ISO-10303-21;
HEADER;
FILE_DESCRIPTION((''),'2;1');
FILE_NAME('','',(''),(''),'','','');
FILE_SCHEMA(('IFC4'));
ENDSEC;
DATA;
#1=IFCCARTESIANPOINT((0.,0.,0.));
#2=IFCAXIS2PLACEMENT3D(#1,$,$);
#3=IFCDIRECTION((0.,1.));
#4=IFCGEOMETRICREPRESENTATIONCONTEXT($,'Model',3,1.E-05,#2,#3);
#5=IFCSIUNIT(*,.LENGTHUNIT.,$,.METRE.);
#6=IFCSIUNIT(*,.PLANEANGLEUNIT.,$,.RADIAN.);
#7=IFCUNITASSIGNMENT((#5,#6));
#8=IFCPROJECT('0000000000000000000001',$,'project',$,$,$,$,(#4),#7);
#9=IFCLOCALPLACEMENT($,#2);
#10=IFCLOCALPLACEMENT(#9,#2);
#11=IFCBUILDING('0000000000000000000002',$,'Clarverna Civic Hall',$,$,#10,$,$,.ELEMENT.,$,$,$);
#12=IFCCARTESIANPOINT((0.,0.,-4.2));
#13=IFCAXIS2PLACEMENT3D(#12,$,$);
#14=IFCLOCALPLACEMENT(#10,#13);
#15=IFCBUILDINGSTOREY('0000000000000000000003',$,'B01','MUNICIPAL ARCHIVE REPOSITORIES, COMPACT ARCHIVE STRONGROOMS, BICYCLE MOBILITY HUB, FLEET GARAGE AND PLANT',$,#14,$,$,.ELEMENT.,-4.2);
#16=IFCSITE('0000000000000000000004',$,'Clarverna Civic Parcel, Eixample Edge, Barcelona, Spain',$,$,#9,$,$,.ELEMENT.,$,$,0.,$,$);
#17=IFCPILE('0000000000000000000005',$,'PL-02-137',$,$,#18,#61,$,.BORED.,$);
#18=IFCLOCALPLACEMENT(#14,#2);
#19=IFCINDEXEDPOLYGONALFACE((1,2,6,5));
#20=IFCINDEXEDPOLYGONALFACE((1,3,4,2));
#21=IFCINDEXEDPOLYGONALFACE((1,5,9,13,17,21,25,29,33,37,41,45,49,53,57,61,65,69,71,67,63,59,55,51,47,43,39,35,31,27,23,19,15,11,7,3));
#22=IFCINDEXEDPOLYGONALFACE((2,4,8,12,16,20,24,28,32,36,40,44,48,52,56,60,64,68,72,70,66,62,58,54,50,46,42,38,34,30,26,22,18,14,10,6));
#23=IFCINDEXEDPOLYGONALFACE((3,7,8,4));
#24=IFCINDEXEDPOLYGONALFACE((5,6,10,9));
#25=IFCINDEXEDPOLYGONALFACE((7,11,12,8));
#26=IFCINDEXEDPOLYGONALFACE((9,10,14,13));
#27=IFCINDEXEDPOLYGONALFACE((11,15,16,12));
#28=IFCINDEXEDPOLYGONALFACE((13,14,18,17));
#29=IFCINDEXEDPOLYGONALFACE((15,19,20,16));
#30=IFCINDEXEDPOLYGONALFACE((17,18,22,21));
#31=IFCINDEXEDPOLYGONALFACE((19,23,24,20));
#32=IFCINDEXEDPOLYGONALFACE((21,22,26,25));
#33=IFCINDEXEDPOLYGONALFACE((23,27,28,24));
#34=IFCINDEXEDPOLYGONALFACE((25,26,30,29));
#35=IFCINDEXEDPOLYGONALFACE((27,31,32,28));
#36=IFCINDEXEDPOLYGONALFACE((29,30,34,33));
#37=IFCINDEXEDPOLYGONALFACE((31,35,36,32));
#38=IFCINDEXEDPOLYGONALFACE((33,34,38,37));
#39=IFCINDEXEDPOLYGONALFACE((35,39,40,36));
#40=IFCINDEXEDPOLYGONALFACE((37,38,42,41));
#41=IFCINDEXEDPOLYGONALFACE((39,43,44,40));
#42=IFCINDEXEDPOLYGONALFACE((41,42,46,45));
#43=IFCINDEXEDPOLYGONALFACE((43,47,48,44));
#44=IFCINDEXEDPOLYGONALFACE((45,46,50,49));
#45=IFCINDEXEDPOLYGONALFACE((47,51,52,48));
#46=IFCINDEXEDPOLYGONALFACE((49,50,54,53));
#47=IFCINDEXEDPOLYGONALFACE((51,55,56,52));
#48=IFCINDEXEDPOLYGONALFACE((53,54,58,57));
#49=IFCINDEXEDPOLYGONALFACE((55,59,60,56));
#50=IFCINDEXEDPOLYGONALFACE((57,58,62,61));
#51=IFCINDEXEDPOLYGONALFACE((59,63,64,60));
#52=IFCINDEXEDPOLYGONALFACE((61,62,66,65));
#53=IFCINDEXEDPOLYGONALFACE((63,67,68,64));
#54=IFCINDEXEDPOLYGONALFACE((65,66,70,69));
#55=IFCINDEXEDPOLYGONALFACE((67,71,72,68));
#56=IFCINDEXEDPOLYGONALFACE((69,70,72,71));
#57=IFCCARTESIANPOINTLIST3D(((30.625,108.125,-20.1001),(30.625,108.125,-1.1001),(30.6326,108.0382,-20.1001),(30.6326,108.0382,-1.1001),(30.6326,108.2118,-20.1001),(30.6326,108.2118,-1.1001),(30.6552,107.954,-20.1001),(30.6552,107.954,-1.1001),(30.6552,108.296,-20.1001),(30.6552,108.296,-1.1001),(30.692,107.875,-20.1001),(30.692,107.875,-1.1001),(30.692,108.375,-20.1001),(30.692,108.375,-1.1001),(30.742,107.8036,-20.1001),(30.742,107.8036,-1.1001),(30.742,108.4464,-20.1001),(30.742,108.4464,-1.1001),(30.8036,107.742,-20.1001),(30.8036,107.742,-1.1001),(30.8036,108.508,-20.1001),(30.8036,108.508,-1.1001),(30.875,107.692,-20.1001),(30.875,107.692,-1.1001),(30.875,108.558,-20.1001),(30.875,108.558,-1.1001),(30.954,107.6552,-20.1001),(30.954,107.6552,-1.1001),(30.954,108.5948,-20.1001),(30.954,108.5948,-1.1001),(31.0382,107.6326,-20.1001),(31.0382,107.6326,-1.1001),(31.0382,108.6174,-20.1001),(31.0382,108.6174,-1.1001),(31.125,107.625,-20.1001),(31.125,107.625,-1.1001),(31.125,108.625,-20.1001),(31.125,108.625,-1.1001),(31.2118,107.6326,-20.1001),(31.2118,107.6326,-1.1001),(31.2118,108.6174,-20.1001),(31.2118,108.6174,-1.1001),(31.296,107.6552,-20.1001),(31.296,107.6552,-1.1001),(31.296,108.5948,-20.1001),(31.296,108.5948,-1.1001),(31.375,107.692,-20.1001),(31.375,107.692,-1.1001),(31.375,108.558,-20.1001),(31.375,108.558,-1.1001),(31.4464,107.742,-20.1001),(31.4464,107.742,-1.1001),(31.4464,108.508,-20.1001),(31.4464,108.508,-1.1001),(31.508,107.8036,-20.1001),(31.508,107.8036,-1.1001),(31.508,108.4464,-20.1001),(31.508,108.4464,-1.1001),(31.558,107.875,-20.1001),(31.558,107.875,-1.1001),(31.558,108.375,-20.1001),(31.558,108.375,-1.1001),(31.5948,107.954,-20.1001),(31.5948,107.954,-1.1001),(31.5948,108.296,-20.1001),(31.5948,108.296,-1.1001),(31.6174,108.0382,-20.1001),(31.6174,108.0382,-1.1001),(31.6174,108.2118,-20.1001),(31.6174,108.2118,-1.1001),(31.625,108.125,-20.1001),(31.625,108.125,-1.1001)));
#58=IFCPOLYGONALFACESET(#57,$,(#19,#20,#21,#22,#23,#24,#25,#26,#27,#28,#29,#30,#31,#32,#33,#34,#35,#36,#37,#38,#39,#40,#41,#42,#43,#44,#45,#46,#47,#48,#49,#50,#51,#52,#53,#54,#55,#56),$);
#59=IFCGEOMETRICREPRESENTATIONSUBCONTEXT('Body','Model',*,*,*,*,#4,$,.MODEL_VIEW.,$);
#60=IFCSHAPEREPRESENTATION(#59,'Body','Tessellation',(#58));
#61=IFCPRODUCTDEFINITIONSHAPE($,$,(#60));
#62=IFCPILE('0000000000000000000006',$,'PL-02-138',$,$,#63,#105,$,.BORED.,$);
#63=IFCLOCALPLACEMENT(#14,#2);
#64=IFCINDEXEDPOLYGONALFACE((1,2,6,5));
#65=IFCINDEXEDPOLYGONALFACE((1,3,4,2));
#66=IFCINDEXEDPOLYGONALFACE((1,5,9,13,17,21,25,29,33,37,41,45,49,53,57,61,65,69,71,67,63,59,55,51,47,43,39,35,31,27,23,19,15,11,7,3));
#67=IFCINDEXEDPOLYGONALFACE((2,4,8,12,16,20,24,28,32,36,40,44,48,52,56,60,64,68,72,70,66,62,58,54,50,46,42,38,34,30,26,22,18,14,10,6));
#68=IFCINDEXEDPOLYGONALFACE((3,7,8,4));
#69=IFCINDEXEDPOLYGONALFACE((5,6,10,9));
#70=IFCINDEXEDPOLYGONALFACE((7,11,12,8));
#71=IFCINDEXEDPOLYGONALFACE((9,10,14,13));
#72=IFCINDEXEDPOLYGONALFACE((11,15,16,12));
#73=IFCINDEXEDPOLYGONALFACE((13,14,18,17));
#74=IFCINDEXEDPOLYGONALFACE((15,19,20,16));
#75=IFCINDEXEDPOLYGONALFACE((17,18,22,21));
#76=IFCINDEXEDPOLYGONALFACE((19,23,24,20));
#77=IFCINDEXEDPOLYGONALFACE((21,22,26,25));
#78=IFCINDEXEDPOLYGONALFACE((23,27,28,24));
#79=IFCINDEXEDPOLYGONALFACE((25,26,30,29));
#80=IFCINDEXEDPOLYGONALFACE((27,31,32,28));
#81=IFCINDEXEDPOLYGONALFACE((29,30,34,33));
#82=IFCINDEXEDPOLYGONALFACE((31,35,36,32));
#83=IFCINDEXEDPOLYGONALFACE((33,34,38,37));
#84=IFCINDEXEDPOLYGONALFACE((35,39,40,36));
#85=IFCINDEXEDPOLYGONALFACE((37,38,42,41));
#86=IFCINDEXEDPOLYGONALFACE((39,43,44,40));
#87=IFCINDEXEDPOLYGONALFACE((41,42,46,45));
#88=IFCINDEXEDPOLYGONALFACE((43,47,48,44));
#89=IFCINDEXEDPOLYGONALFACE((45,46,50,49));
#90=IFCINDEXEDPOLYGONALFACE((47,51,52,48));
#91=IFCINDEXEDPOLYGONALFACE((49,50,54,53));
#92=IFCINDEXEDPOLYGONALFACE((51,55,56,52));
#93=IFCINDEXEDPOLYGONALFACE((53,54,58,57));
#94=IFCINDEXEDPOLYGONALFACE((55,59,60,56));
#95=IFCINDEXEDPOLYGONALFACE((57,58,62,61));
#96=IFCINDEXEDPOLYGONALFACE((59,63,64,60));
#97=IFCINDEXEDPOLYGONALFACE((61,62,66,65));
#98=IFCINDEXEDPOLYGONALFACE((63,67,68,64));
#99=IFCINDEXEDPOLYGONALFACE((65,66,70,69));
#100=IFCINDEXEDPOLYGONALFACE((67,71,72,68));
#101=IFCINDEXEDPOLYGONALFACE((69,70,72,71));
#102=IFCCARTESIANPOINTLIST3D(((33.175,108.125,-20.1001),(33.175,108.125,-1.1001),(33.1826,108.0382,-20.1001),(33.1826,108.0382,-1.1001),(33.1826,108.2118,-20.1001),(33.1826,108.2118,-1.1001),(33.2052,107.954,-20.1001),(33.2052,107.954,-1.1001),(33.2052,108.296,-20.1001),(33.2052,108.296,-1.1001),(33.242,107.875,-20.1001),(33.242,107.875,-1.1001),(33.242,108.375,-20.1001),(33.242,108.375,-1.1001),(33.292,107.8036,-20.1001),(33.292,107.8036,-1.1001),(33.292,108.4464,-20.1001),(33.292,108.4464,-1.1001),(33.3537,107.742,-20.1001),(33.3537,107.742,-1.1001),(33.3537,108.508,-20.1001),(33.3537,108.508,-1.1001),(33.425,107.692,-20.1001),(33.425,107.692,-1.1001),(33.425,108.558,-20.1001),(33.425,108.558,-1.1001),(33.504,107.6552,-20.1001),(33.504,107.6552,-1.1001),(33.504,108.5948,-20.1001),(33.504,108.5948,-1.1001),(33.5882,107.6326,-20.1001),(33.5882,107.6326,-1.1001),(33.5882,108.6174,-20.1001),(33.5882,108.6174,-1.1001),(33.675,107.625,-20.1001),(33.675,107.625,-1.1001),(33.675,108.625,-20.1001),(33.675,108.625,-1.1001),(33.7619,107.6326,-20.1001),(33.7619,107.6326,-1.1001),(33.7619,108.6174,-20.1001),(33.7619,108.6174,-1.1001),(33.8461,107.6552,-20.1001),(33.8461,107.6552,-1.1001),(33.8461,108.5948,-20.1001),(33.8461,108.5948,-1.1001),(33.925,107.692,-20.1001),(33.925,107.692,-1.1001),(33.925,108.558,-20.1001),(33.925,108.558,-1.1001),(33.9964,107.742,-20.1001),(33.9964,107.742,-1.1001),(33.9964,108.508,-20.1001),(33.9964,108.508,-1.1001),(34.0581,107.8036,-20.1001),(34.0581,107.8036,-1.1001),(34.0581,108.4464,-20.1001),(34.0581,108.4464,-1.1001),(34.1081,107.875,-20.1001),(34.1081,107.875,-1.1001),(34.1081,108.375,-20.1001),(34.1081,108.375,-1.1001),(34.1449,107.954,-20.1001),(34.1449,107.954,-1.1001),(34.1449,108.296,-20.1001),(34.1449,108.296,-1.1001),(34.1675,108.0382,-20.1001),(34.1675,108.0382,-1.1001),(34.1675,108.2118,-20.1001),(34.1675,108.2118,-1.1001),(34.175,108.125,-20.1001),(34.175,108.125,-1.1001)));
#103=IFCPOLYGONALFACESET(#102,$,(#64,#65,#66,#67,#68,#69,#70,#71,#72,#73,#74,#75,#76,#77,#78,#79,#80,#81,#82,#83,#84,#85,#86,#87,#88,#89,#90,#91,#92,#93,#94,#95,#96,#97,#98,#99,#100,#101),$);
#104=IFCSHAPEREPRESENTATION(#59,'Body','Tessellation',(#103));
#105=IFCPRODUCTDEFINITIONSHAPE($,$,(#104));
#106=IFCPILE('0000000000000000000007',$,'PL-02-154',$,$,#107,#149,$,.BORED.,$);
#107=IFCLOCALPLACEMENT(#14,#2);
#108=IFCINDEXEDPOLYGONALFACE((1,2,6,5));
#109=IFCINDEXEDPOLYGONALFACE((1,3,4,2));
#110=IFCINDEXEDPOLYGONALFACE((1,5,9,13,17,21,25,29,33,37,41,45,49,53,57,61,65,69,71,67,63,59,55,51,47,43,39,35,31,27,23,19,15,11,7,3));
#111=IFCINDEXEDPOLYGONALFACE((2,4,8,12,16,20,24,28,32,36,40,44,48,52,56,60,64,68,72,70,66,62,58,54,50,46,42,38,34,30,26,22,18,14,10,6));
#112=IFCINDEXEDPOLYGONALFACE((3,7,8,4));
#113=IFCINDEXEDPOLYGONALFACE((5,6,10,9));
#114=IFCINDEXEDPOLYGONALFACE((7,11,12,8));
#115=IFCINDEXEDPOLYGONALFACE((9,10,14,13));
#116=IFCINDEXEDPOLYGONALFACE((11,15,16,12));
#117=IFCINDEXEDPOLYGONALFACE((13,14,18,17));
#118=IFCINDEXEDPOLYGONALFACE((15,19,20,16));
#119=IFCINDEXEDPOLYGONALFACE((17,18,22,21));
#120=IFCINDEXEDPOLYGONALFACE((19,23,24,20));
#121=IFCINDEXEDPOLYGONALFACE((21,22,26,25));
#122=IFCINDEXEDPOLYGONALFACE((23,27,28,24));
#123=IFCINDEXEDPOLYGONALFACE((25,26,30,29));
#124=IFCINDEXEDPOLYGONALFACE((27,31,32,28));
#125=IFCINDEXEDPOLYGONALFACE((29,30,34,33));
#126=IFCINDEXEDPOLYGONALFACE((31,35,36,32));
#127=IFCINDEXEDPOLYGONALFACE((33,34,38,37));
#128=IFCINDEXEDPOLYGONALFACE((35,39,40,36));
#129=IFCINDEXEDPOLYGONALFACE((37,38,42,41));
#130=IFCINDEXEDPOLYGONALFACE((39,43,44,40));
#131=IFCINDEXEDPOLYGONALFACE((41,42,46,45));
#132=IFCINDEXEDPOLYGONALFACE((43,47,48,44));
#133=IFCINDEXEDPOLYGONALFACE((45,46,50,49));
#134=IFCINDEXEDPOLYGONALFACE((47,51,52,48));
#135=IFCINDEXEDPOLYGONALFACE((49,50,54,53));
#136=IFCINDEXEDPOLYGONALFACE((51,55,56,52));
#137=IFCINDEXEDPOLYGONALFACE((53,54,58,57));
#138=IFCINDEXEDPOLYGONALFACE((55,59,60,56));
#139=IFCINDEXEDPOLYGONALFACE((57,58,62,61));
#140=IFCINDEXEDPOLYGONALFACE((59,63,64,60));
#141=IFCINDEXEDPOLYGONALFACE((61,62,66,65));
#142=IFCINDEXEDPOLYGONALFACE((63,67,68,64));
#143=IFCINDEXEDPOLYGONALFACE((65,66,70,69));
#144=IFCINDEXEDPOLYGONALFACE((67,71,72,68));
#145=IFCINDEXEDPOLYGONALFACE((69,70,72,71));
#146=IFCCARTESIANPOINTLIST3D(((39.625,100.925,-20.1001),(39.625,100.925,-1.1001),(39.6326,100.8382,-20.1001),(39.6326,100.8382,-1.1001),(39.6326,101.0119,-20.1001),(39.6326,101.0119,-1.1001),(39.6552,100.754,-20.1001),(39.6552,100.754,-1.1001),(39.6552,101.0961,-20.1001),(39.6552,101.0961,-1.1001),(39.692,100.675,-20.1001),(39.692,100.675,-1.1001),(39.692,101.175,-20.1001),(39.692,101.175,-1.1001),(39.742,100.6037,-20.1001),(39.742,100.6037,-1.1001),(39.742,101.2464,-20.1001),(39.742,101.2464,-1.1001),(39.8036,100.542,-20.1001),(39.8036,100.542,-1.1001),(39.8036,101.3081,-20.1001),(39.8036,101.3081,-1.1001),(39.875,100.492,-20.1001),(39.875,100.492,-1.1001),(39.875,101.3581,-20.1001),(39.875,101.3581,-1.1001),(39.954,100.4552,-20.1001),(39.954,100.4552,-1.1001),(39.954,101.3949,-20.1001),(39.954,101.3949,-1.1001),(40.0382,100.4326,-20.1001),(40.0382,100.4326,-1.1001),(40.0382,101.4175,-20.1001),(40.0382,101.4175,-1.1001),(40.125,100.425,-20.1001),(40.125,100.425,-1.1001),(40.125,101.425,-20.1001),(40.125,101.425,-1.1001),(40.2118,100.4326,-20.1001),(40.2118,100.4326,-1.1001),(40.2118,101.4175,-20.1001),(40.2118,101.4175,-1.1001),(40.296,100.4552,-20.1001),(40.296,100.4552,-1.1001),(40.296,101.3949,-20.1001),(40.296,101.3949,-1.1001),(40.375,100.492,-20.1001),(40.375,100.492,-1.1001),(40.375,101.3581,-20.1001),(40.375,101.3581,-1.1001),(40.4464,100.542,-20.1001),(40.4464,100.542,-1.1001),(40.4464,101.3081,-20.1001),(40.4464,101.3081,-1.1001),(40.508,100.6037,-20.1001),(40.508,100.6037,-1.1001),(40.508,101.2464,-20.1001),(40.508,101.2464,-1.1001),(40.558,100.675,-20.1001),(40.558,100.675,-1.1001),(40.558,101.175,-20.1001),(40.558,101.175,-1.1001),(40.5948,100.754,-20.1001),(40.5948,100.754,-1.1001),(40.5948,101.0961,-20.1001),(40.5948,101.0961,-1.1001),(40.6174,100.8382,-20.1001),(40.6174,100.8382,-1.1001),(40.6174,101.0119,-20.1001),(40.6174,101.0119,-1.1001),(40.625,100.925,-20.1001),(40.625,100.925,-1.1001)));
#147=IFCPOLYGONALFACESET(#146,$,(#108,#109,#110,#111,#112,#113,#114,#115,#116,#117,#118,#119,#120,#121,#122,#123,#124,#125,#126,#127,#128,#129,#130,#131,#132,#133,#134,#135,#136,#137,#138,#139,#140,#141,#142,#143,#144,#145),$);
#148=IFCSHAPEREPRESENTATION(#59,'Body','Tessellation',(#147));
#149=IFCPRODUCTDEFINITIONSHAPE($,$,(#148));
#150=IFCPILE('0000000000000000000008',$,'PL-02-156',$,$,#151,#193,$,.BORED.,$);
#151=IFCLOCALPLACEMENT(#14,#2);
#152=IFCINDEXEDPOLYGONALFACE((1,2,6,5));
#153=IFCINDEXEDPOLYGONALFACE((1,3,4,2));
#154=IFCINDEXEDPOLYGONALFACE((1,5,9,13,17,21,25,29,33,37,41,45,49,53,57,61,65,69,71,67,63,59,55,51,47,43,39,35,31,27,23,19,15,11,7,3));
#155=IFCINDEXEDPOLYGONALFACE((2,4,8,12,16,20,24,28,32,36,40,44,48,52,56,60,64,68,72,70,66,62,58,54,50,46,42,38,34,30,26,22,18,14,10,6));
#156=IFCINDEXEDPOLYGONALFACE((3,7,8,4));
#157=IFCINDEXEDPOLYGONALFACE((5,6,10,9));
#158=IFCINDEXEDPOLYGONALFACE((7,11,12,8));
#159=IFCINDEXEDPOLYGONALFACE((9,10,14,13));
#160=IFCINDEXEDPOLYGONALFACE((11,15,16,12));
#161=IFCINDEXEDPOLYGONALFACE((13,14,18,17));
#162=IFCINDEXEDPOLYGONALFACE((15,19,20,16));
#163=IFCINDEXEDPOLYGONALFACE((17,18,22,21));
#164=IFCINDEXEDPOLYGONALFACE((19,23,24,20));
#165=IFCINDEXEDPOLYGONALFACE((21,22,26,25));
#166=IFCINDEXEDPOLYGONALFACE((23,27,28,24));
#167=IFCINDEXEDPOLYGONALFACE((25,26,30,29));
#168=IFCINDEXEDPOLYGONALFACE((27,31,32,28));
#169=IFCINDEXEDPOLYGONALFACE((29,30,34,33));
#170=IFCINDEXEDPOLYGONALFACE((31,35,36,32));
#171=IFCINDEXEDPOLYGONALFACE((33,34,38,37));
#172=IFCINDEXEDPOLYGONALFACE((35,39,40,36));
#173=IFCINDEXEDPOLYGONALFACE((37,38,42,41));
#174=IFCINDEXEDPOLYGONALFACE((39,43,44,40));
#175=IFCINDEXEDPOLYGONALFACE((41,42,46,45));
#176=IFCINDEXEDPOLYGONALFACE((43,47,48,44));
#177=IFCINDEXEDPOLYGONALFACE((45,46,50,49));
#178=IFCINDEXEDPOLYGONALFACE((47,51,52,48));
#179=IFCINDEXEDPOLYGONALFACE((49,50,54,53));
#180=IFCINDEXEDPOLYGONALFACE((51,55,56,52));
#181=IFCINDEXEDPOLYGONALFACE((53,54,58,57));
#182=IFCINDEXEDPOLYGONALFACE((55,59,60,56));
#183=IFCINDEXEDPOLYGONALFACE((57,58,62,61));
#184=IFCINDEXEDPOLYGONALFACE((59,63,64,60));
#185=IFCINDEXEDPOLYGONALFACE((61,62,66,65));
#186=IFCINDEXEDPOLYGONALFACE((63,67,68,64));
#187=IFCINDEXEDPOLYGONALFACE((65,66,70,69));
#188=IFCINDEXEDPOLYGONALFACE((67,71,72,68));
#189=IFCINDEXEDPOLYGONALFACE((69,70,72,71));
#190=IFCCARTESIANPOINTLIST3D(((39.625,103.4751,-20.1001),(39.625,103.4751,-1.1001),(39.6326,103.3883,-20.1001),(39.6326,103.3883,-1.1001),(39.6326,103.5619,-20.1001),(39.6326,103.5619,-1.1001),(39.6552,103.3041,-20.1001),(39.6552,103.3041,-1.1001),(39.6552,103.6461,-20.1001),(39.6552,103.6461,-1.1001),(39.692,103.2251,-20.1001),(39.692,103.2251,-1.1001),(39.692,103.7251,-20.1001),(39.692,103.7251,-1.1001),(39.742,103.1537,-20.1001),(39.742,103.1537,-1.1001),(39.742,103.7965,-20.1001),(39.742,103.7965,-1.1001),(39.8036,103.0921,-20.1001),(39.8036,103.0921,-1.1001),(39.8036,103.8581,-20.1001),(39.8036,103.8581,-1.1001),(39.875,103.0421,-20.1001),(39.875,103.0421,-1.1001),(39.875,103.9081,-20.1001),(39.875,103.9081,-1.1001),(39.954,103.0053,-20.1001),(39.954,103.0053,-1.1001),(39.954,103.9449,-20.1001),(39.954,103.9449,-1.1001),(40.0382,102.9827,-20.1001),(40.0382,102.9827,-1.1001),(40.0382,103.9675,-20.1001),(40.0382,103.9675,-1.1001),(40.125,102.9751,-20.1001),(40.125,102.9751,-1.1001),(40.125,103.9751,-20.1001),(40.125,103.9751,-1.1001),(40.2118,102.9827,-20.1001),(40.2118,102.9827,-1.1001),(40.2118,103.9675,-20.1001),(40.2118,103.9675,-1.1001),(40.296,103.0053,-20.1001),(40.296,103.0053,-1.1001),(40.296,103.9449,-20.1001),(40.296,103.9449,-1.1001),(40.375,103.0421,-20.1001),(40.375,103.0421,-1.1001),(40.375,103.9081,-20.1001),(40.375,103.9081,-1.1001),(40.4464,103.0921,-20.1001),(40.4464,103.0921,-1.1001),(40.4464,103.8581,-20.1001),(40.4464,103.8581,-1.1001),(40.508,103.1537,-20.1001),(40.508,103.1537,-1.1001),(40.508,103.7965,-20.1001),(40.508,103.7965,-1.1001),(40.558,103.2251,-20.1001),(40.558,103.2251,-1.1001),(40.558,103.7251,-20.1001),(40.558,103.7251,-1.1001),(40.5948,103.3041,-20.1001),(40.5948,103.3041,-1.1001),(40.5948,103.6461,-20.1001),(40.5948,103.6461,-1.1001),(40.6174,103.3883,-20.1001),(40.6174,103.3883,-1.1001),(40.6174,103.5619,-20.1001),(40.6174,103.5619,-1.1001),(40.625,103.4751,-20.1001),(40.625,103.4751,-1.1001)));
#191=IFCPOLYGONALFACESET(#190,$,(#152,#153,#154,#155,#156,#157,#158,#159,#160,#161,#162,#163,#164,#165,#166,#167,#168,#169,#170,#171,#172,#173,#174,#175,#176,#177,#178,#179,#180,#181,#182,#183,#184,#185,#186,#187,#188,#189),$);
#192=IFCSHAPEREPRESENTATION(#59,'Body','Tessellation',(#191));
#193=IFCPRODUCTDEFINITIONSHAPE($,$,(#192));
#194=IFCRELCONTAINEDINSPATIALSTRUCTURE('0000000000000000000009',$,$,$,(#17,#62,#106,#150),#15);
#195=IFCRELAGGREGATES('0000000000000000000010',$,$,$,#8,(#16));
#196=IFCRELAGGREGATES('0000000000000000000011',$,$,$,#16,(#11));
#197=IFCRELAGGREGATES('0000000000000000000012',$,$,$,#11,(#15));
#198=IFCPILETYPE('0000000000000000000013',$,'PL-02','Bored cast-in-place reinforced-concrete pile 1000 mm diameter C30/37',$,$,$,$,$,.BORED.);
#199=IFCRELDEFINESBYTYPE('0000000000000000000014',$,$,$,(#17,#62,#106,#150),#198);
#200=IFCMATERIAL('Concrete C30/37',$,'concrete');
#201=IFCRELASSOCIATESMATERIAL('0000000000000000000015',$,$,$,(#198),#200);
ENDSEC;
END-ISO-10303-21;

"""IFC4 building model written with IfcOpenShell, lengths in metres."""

from ifc_helpers import new_model, si_unit, direction, frame, origin, origin_2d, place, context, subcontext, project, spatial, circle, extrude, material, material_profile, profile_set, type_object, element, save


model = new_model("IFC4")

# Units and contexts
model_context = context("Model", 3, precision=1e-05, world=origin(), true_north=direction((0.0, 1.0)))
body_context = subcontext(model_context, "Body", "Model", "MODEL_VIEW")
ifc_project = project(units=[si_unit("LENGTHUNIT", "METRE"), si_unit("PLANEANGLEUNIT", "RADIAN")], contexts=[model_context])

# Site, building, storey
site_placement = place(None, origin())
site = spatial("IfcSite", under=ifc_project, at=site_placement, Name="Clarverna Civic Parcel, Eixample Edge, Barcelona, Spain", CompositionType="ELEMENT", RefElevation=0.0)
building_placement = place(site_placement, origin())
building = spatial("IfcBuilding", under=site, at=building_placement, Name="Clarverna Civic Hall", CompositionType="ELEMENT")
storey_placement = place(building_placement, frame((0.0, 0.0, -4.2)))
storey = spatial("IfcBuildingStorey", under=building, at=storey_placement, Name="B01", Description="MUNICIPAL ARCHIVE REPOSITORIES, COMPACT ARCHIVE STRONGROOMS, BICYCLE MOBILITY HUB, FLEET GARAGE AND PLANT", CompositionType="ELEMENT", Elevation=-4.2)

# Shared definitions
ifc_material_1 = material(Name="Concrete C30/37", Category="concrete")

# Piles
ifc_material_profile_1 = material_profile(ifc_material_1, circle(Radius=0.5, at=origin_2d()), Name="BORED PILE D1000")
ifc_profile_set_1 = profile_set([ifc_material_profile_1], Name="Concrete C30/37")
pile_type = type_object("IfcPileType", Name="PL-02", Description="Bored cast-in-place reinforced-concrete pile 1000 mm diameter C30/37", PredefinedType="BORED", material=ifc_profile_set_1)
for number, where, z_axis, x_axis, name in (
    (1, (31.125, 108.125, -1.1001), (0.0, 0.0, -1.0), (1.0, 0.0, 0.0), "PL-02-137"),
    (2, (33.675, 108.125, -1.1001), (0.0, 0.0, -1.0), (1.0, 0.0, 0.0), "PL-02-138"),
    (3, (40.125, 100.925, -1.1001), (0.0, 0.0, -1.0), (1.0, 0.0, 0.0), "PL-02-154"),
    (4, (40.125, 103.4751, -1.1001), (0.0, 0.0, -1.0), (1.0, 0.0, 0.0), "PL-02-156"),
):
    element("IfcPile", number, at=place(storey_placement, frame(where, z_axis=z_axis, x_axis=x_axis)), inside=storey, type_object=pile_type, Name=name, PredefinedType="BORED", context=body_context, shape_type="SweptSolid", body=[
        extrude(circle(Radius=0.5, at=origin_2d()), origin(), (0.0, 0.0, 1.0), 19.0),
    ])

save(model, "model.ifc")
